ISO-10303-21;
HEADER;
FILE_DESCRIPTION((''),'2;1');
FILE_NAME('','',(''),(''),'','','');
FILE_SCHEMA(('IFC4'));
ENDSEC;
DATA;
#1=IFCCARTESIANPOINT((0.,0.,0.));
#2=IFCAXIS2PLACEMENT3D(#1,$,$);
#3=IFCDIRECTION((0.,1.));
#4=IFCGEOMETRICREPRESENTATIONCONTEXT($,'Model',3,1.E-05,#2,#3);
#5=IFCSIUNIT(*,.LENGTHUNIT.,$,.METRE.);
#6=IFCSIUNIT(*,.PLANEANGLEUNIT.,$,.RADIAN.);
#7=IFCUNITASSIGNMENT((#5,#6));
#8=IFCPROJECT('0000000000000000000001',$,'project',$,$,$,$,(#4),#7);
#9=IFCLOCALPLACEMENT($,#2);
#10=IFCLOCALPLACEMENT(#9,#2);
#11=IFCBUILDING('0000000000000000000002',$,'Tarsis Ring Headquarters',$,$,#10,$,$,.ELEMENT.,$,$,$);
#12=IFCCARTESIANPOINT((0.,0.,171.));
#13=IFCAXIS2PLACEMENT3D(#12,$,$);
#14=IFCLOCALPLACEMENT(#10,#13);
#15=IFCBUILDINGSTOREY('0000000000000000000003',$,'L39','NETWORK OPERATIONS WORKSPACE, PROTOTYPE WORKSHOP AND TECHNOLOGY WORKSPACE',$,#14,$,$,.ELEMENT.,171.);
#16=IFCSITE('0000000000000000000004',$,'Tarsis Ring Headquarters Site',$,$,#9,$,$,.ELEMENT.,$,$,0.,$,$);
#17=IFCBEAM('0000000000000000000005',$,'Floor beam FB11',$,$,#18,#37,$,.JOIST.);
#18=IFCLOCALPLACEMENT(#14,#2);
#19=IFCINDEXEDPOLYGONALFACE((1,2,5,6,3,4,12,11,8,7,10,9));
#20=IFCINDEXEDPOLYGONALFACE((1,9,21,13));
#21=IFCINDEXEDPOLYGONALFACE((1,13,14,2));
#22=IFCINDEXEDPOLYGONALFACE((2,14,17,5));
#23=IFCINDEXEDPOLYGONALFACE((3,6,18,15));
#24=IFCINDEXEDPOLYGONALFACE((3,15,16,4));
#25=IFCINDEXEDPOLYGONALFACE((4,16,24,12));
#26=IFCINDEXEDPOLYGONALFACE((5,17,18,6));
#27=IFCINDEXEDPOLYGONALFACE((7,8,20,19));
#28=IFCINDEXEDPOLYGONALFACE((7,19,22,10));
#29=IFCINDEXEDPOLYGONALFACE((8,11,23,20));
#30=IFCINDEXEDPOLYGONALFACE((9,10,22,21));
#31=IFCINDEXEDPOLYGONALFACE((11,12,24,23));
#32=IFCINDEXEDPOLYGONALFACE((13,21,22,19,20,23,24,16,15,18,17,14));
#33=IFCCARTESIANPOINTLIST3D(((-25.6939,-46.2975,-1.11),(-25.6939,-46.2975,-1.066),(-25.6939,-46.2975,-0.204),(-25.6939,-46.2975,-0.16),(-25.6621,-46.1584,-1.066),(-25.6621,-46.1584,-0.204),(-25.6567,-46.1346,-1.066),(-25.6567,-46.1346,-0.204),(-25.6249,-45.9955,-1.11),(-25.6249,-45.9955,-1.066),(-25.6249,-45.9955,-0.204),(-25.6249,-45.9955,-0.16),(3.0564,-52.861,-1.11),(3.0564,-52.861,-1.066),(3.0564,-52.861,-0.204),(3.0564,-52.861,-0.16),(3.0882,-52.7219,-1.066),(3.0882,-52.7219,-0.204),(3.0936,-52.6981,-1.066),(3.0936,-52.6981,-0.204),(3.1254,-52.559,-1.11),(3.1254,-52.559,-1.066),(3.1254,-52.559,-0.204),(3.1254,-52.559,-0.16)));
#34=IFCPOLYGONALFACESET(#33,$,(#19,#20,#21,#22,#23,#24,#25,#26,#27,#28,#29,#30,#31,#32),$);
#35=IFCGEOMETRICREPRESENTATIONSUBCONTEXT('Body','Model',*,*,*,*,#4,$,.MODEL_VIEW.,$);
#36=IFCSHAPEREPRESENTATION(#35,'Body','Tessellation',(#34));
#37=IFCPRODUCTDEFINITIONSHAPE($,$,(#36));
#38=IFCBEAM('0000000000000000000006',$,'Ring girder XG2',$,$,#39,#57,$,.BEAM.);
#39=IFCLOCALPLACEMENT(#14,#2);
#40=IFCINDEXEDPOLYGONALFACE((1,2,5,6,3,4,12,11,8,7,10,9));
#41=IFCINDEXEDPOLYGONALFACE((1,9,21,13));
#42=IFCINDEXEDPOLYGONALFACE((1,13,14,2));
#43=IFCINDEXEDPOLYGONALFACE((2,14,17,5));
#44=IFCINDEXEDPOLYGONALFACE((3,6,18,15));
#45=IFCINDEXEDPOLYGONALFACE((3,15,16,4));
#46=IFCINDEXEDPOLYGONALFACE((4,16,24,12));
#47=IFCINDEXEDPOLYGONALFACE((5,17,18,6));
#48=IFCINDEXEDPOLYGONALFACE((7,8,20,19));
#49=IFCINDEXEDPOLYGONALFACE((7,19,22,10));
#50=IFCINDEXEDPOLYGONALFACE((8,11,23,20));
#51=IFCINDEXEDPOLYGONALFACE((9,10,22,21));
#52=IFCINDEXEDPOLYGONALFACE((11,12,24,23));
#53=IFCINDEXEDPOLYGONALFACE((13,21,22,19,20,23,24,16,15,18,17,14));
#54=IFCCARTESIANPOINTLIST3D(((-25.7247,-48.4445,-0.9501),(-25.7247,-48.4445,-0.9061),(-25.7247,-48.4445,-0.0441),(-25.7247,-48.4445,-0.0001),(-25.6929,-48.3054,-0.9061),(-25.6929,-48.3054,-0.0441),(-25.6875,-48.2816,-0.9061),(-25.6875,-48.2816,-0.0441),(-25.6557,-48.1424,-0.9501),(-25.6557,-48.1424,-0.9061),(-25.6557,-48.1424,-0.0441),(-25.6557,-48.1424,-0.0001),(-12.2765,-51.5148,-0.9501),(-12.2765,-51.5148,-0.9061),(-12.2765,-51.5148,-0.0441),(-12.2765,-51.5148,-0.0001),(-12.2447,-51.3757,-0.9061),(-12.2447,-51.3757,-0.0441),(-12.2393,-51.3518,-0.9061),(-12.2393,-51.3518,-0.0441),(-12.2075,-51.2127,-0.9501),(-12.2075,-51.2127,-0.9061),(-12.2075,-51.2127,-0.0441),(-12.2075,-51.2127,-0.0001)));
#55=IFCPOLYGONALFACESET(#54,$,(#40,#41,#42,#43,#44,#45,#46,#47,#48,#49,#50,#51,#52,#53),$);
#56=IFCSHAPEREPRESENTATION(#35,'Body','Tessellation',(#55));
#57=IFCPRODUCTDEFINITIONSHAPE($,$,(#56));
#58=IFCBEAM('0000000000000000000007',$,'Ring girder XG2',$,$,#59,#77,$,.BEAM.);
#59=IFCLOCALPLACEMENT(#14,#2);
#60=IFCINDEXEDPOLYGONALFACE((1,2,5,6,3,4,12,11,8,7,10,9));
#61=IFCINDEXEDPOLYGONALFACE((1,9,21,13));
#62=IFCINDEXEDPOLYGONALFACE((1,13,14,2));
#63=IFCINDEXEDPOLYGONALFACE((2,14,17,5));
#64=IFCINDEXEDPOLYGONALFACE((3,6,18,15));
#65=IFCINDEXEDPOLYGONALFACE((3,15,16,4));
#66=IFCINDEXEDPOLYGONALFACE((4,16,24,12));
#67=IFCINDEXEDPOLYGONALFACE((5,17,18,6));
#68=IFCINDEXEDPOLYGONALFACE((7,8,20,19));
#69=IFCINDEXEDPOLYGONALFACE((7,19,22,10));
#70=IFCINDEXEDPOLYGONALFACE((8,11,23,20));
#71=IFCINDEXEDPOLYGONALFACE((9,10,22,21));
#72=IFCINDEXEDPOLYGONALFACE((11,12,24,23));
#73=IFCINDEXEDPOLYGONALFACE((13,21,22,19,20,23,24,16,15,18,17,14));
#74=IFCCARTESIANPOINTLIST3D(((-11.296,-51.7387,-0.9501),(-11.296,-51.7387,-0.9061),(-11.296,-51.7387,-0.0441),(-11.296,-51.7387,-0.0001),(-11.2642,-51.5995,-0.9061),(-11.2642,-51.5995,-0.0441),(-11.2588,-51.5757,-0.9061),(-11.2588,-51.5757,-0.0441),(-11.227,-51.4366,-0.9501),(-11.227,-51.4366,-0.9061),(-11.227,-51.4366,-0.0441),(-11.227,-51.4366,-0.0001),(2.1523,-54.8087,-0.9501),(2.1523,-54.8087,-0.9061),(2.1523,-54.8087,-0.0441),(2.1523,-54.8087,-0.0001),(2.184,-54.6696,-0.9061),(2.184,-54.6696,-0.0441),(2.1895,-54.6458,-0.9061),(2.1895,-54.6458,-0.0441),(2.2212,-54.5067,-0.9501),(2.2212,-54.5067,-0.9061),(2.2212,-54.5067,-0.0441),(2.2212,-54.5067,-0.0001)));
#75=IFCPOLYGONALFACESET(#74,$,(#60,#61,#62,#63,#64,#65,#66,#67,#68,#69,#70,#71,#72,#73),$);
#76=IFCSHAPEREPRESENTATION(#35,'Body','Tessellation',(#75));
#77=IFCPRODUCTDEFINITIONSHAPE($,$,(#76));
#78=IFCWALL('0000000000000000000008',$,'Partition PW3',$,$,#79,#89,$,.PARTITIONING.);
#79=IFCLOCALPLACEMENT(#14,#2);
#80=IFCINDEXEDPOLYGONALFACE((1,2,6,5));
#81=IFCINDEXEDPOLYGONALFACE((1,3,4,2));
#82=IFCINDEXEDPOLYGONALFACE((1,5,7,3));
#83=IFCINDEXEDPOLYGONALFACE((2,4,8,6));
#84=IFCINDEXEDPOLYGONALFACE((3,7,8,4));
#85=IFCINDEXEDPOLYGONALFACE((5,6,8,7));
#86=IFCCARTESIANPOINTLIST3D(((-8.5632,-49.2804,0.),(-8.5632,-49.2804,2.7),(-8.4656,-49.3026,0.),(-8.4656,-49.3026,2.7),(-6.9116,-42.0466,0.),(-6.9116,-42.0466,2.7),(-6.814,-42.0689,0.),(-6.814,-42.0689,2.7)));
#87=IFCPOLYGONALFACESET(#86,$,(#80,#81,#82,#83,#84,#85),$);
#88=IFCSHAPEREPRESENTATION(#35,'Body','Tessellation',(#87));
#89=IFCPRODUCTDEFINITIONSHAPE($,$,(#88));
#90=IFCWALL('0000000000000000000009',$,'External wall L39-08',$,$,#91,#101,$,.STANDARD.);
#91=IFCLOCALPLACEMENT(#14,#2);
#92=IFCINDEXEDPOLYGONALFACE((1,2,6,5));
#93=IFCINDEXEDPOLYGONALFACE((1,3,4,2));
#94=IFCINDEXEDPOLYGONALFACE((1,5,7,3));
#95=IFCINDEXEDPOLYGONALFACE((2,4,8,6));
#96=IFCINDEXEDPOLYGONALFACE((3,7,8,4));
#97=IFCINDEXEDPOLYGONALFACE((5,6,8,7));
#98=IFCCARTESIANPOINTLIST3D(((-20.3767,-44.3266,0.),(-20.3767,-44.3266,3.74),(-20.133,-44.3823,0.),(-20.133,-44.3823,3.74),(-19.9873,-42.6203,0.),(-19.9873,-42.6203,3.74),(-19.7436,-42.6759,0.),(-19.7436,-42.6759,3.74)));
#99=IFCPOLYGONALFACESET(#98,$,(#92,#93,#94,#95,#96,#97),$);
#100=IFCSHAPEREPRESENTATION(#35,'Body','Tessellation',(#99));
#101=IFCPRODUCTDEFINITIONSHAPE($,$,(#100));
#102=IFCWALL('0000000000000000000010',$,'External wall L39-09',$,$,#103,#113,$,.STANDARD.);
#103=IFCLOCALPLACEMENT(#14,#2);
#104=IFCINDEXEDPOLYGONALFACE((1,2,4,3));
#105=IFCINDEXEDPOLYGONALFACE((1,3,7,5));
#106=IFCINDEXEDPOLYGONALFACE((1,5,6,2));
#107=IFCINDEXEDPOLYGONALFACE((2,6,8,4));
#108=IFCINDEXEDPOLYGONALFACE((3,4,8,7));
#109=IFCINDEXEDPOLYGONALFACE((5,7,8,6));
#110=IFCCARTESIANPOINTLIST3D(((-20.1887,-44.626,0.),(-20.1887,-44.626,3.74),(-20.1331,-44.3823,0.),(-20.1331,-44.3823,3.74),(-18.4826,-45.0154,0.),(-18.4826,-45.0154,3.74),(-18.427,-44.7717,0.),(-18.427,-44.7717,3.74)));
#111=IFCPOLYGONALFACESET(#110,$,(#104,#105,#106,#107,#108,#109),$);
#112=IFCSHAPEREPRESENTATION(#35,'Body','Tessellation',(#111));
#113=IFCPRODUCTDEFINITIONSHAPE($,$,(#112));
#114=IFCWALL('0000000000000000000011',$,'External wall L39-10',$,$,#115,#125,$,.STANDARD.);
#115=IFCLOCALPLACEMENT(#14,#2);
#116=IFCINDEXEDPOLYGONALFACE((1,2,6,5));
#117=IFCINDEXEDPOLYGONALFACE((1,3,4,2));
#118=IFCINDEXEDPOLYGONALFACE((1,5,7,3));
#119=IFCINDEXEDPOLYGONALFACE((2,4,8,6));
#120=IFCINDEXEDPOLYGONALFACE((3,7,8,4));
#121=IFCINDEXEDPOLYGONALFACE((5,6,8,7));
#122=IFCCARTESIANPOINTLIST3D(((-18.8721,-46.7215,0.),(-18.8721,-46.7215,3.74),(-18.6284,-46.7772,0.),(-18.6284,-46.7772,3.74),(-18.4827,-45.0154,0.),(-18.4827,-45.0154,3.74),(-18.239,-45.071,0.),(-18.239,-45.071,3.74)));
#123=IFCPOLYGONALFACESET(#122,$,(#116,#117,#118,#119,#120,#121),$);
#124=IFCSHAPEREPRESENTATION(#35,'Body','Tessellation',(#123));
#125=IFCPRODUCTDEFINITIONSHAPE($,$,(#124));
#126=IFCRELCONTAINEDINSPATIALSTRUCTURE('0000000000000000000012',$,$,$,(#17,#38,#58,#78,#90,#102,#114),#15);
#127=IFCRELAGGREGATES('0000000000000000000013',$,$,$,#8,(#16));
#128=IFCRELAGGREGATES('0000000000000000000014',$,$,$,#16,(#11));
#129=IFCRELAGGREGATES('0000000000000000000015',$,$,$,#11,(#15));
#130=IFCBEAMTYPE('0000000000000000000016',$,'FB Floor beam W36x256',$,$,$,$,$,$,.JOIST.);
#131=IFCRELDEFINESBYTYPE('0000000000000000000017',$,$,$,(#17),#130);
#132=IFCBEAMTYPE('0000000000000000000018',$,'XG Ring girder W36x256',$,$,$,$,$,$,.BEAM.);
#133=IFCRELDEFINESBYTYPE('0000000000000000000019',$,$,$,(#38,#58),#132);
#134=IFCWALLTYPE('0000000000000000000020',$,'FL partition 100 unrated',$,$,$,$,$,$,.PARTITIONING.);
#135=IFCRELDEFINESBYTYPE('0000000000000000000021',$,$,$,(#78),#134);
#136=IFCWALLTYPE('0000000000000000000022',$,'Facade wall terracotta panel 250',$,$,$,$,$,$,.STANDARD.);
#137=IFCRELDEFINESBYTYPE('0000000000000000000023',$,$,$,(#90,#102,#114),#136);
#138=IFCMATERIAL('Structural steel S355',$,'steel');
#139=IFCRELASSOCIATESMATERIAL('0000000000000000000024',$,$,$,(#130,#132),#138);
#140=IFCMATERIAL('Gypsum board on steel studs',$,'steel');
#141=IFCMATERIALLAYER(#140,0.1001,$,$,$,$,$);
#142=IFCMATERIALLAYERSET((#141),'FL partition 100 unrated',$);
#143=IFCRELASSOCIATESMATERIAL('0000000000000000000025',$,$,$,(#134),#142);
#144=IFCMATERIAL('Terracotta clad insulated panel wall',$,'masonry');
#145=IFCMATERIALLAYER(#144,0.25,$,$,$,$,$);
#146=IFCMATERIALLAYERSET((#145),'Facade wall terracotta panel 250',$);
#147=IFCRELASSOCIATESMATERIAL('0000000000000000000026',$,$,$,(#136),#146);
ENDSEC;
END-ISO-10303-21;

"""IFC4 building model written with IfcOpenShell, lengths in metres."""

from ifc_helpers import new_model, si_unit, direction, frame, frame_2d, origin, origin_2d, place, context, subcontext, project, spatial, rectangle, i_section, extrude, material, layer, layer_set, material_profile, profile_set, type_object, element, save


model = new_model("IFC4")

# Units and contexts
model_context = context("Model", 3, precision=1e-05, world=origin(), true_north=direction((0.0, 1.0)))
body_context = subcontext(model_context, "Body", "Model", "MODEL_VIEW")
ifc_project = project(units=[si_unit("LENGTHUNIT", "METRE"), si_unit("PLANEANGLEUNIT", "RADIAN")], contexts=[model_context])

# Site, building, storey
site_placement = place(None, origin())
site = spatial("IfcSite", under=ifc_project, at=site_placement, Name="Tarsis Ring Headquarters Site", CompositionType="ELEMENT", RefElevation=0.0)
building_placement = place(site_placement, origin())
building = spatial("IfcBuilding", under=site, at=building_placement, Name="Tarsis Ring Headquarters", CompositionType="ELEMENT")
storey_placement = place(building_placement, frame((0.0, 0.0, 171.0)))
storey = spatial("IfcBuildingStorey", under=building, at=storey_placement, Name="L39", Description="NETWORK OPERATIONS WORKSPACE, PROTOTYPE WORKSHOP AND TECHNOLOGY WORKSPACE", CompositionType="ELEMENT", Elevation=171.0)

# Shared definitions
ifc_material_1 = material(Name="Structural steel S355", Category="steel")

# Beams
ifc_material_profile_1 = material_profile(ifc_material_1, i_section(OverallWidth=0.3098, OverallDepth=0.95, WebThickness=0.0244, FlangeThickness=0.0439, at=origin_2d()), Name="W36x256")
ifc_profile_set_1 = profile_set([ifc_material_profile_1], Name="Structural steel S355")
beam_type_1 = type_object("IfcBeamType", Name="FB Floor beam W36x256", PredefinedType="JOIST", material=ifc_profile_set_1)
beam_1_placement = place(storey_placement, frame((-25.6594, -46.1465, -0.635), z_axis=(0.974917, -0.222567, 0.0), x_axis=(0.222567, 0.974917, 0.0)))
element("IfcBeam", 1, at=beam_1_placement, inside=storey, type_object=beam_type_1, Name="Floor beam FB11", PredefinedType="JOIST", context=body_context, shape_type="SweptSolid", body=[
    extrude(i_section(OverallWidth=0.3098, OverallDepth=0.95, WebThickness=0.0244, FlangeThickness=0.0439, at=origin_2d()), origin(), (0.0, 0.0, 1.0), 29.49),
])
beam_type_2 = type_object("IfcBeamType", Name="XG Ring girder W36x256", PredefinedType="BEAM", material=ifc_profile_set_1)
for number, where, z_axis, x_axis, name in (
    (2, (-25.6902, -48.2935, -0.4751), (0.974915, -0.222579, 0.0), (0.222579, 0.974915, 0.0), "Ring girder XG2"),
    (3, (-11.2615, -51.5876, -0.4751), (0.974919, -0.222562, 0.0), (0.222562, 0.974919, 0.0), "Ring girder XG2"),
):
    element("IfcBeam", number, at=place(storey_placement, frame(where, z_axis=z_axis, x_axis=x_axis)), inside=storey, type_object=beam_type_2, Name=name, PredefinedType="BEAM", context=body_context, shape_type="SweptSolid", body=[
        extrude(i_section(OverallWidth=0.3098, OverallDepth=0.95, WebThickness=0.0244, FlangeThickness=0.0439, at=origin_2d()), origin(), (0.0, 0.0, 1.0), 13.7942),
    ])

# Walls
ifc_material_2 = material(Name="Gypsum board on steel studs", Category="steel")
ifc_layer_1 = layer(ifc_material_2, 0.1001)
ifc_layer_set_1 = layer_set([ifc_layer_1], Name="FL partition 100 unrated")
wall_type_1 = type_object("IfcWallType", Name="FL partition 100 unrated", PredefinedType="PARTITIONING", material=ifc_layer_set_1)
wall_1_placement = place(storey_placement, frame((-8.5144, -49.2915, 0.0), z_axis=(0.0, 0.0, 1.0), x_axis=(0.222588, 0.974913, 0.0)))
element("IfcWall", 4, at=wall_1_placement, inside=storey, type_object=wall_type_1, Name="Partition PW3", PredefinedType="PARTITIONING", context=body_context, shape_type="SweptSolid", body=[
    extrude(rectangle(XDim=7.4199, YDim=0.1001, at=frame_2d((3.71, 0.0))), origin(), (0.0, 0.0, 1.0), 2.7),
])
ifc_material_3 = material(Name="Terracotta clad insulated panel wall", Category="masonry")
ifc_layer_2 = layer(ifc_material_3, 0.25)
ifc_layer_set_2 = layer_set([ifc_layer_2], Name="Facade wall terracotta panel 250")
wall_type_2 = type_object("IfcWallType", Name="Facade wall terracotta panel 250", PredefinedType="STANDARD", material=ifc_layer_set_2)
wall_2_placement = place(storey_placement, frame((-19.8655, -42.6482, 0.0), z_axis=(0.0, 0.0, 1.0), x_axis=(-0.222495, -0.974934, 0.0)))
element("IfcWall", 5, at=wall_2_placement, inside=storey, type_object=wall_type_2, Name="External wall L39-08", PredefinedType="STANDARD", context=body_context, shape_type="SweptSolid", body=[
    extrude(rectangle(XDim=1.7502, YDim=0.25, at=frame_2d((0.875, 0.0))), origin(), (0.0, 0.0, 1.0), 3.74),
])
for number, where, z_axis, x_axis, name in (
    (6, (-20.1609, -44.5042, 0.0), (0.0, 0.0, 1.0), (0.974927, -0.222526, 0.0), "External wall L39-09"),
    (7, (-18.3608, -45.0432, 0.0), (0.0, 0.0, 1.0), (-0.222526, -0.974927, 0.0), "External wall L39-10"),
):
    element("IfcWall", number, at=place(storey_placement, frame(where, z_axis=z_axis, x_axis=x_axis)), inside=storey, type_object=wall_type_2, Name=name, PredefinedType="STANDARD", context=body_context, shape_type="SweptSolid", body=[
        extrude(rectangle(XDim=1.75, YDim=0.25, at=frame_2d((0.875, 0.0))), origin(), (0.0, 0.0, 1.0), 3.74),
    ])

save(model, "model.ifc")
